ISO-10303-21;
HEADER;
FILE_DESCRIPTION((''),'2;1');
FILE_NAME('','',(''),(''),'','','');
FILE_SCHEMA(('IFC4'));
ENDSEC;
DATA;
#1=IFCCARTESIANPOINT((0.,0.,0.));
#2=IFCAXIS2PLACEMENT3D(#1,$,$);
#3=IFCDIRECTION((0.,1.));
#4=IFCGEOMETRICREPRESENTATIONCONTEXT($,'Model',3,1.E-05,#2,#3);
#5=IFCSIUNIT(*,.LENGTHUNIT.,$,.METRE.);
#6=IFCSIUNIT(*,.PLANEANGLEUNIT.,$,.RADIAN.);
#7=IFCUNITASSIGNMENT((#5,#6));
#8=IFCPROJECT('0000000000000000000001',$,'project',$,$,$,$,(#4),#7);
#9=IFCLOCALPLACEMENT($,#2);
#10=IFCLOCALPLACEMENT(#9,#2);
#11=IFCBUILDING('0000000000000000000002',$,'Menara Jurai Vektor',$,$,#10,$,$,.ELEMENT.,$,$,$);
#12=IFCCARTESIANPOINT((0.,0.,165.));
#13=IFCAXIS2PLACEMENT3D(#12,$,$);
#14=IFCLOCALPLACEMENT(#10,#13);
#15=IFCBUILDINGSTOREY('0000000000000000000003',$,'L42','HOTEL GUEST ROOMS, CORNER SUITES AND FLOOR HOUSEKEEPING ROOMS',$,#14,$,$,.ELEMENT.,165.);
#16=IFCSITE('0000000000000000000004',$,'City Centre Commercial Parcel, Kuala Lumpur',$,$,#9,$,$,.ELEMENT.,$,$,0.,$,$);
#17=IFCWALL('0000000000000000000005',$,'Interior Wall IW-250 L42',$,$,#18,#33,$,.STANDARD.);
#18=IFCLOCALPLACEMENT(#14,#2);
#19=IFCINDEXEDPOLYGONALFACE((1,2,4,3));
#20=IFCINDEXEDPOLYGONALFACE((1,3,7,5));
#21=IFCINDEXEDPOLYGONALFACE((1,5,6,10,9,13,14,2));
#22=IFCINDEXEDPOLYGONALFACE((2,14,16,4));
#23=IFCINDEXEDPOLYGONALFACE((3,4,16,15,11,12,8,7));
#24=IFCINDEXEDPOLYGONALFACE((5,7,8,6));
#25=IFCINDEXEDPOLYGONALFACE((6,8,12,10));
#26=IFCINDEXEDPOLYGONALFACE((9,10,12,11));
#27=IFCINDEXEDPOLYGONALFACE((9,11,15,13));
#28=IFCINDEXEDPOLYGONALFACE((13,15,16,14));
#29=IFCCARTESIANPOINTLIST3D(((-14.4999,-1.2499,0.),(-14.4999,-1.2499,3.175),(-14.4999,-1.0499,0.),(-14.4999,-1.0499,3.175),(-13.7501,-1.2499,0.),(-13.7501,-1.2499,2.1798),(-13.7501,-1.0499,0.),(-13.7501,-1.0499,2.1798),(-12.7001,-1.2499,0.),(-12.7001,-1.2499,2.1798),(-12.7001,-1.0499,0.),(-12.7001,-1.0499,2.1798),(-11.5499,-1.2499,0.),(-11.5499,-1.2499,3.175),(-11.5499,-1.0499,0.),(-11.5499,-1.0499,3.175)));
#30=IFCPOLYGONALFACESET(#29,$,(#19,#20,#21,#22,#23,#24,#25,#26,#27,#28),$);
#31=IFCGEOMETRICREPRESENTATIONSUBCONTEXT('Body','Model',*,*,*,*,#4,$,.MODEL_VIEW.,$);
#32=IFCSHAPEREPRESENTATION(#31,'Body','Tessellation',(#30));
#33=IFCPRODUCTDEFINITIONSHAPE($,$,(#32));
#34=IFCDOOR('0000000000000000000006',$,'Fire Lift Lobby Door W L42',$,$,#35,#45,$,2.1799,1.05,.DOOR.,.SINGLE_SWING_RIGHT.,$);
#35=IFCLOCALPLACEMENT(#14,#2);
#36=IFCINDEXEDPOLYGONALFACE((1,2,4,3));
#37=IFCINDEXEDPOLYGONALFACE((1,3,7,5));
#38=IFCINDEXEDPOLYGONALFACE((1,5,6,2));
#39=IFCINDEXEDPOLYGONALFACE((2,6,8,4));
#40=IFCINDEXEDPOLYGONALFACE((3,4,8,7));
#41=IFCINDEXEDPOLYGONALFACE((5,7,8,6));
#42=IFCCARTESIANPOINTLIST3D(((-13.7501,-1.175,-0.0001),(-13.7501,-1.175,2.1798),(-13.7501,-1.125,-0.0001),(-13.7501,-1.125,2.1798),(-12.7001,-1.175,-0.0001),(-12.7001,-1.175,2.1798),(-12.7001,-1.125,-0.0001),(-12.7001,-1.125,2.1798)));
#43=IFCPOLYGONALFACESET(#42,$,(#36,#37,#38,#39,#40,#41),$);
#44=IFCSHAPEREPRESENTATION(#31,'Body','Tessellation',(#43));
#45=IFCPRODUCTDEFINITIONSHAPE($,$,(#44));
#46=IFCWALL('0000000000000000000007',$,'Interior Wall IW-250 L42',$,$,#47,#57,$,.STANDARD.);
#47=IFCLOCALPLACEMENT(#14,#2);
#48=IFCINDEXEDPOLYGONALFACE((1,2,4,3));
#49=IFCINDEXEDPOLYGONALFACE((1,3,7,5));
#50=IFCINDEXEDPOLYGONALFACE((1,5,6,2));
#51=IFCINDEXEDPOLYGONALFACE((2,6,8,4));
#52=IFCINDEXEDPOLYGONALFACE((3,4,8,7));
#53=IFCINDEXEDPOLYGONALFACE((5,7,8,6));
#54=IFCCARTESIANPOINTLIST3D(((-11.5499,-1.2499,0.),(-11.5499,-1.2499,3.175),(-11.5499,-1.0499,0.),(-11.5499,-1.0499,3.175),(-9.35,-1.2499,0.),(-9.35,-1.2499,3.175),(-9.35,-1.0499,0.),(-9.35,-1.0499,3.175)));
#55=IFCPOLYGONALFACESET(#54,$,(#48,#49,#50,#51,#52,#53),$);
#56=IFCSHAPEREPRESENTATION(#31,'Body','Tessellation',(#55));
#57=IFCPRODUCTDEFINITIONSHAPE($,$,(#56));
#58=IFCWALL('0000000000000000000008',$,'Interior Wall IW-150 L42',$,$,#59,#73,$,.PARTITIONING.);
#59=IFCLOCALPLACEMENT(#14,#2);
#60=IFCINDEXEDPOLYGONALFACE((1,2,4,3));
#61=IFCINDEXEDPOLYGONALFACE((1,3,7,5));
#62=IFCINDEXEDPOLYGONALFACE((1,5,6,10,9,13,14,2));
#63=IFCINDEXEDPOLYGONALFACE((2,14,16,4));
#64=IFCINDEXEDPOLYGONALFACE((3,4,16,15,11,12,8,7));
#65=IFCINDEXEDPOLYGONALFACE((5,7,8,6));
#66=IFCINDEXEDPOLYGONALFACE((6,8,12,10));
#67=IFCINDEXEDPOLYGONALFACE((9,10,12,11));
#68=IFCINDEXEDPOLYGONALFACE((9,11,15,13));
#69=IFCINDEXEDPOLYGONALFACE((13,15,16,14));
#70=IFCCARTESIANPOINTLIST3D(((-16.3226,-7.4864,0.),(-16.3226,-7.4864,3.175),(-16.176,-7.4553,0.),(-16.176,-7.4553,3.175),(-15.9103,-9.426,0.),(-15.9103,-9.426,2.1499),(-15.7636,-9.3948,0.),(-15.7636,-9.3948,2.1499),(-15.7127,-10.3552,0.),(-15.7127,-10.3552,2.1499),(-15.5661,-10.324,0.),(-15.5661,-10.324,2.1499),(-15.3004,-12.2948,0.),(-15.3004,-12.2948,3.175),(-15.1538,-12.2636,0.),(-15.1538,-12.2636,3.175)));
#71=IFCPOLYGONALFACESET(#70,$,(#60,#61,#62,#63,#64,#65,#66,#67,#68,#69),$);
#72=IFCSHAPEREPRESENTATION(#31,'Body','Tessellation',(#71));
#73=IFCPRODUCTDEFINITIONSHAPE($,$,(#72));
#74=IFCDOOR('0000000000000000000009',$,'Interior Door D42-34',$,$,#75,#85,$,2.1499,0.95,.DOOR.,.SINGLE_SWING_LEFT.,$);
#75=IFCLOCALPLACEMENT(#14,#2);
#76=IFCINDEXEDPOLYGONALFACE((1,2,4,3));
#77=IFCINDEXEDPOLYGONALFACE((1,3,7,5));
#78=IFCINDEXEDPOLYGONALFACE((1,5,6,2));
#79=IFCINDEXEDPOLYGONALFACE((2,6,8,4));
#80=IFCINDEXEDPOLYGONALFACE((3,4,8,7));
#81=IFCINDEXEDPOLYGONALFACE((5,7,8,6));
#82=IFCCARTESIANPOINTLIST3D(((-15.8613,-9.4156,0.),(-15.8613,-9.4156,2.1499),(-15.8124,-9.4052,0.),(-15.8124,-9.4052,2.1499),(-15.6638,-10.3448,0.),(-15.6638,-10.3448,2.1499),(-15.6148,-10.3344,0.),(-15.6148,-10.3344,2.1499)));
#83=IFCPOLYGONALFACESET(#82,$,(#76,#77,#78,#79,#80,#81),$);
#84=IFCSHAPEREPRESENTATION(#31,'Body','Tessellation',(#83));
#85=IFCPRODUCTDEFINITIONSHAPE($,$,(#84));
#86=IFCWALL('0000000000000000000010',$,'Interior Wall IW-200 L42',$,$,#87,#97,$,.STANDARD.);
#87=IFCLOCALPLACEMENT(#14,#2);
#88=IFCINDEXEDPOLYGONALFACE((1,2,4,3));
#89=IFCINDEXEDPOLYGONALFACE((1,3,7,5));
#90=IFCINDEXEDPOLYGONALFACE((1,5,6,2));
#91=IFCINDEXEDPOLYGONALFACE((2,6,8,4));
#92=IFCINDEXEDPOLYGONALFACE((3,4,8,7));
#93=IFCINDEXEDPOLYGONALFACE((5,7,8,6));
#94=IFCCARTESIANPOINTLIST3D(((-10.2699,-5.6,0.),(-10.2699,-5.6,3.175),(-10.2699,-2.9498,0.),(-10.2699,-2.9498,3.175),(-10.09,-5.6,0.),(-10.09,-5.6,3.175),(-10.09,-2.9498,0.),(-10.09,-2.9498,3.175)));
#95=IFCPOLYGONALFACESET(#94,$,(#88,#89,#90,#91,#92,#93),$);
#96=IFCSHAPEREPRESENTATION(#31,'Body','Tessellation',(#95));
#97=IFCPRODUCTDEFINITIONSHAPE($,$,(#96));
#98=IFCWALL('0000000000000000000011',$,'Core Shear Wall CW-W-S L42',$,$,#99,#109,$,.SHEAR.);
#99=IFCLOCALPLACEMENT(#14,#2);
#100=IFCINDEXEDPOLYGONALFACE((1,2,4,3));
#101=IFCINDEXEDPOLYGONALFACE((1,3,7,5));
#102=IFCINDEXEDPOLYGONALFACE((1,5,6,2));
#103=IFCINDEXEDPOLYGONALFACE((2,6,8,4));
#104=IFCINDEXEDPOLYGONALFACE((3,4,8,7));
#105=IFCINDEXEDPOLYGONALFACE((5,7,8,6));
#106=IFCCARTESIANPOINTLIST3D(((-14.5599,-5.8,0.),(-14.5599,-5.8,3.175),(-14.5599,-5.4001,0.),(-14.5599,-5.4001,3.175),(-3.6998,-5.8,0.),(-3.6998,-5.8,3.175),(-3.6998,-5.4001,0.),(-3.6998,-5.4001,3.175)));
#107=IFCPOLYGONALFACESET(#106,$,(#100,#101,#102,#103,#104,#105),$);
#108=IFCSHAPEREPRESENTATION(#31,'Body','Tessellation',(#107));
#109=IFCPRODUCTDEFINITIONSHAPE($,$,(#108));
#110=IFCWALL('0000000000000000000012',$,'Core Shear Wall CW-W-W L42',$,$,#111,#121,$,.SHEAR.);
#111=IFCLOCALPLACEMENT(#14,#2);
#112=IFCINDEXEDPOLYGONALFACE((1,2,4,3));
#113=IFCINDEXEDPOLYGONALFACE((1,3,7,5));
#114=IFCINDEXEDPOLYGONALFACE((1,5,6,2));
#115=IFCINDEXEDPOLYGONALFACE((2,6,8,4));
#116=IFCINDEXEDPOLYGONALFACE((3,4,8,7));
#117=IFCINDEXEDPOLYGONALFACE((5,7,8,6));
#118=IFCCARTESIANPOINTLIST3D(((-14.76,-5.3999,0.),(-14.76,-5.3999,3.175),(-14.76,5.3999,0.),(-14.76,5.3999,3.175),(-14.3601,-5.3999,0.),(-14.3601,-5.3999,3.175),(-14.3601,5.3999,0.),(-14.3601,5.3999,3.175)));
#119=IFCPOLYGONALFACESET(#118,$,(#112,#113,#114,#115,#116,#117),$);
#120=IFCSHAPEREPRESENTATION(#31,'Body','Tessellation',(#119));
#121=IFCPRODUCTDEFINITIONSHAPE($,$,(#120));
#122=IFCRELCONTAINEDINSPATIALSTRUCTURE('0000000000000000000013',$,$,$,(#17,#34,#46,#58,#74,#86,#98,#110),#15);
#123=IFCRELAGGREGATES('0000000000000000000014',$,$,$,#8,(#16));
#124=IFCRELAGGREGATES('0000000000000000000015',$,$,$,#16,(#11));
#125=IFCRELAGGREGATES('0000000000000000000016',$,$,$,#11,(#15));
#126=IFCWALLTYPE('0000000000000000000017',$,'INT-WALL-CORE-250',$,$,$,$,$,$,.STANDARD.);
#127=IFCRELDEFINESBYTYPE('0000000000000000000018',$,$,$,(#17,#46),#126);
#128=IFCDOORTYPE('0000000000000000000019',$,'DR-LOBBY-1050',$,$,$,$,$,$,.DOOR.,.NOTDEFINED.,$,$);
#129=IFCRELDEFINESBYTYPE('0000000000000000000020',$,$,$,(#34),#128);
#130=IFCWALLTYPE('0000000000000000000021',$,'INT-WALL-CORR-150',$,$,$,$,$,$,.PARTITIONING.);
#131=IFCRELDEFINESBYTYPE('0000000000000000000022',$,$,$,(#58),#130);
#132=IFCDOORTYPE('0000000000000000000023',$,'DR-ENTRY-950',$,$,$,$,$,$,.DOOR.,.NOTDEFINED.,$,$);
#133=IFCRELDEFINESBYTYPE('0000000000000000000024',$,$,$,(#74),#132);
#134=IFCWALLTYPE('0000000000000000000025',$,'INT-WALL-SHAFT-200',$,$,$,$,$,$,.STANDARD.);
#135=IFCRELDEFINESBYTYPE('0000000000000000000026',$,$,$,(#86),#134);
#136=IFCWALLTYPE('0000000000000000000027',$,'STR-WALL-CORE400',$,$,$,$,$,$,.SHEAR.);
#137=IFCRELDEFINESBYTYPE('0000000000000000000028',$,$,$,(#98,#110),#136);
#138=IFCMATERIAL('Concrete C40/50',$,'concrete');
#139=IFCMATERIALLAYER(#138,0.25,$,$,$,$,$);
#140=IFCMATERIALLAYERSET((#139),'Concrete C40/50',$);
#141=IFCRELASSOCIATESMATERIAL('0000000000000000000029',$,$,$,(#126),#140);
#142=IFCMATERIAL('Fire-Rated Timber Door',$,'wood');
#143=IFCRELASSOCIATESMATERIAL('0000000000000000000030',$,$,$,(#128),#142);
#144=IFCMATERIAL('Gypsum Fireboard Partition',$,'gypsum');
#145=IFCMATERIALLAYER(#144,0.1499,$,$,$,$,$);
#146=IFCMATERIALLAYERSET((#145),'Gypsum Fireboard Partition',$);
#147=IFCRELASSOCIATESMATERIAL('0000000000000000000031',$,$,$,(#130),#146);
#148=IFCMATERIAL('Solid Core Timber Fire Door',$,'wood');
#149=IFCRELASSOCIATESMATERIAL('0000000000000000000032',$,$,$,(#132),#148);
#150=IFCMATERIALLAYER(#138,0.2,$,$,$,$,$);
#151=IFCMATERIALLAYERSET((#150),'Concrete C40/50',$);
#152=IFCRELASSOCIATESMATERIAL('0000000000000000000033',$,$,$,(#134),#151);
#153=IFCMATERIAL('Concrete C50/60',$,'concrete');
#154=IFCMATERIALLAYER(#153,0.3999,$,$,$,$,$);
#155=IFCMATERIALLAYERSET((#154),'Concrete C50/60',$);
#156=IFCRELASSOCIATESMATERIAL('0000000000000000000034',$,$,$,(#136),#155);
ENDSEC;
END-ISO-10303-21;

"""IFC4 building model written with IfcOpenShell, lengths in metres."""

from ifc_helpers import new_model, si_unit, direction, frame, frame_2d, origin, place, context, subcontext, project, spatial, rectangle, extrude, material, layer, layer_set, type_object, element, fill, save


model = new_model("IFC4")

# Units and contexts
model_context = context("Model", 3, precision=1e-05, world=origin(), true_north=direction((0.0, 1.0)))
body_context = subcontext(model_context, "Body", "Model", "MODEL_VIEW")
ifc_project = project(units=[si_unit("LENGTHUNIT", "METRE"), si_unit("PLANEANGLEUNIT", "RADIAN")], contexts=[model_context])

# Site, building, storey
site_placement = place(None, origin())
site = spatial("IfcSite", under=ifc_project, at=site_placement, Name="City Centre Commercial Parcel, Kuala Lumpur", CompositionType="ELEMENT", RefElevation=0.0)
building_placement = place(site_placement, origin())
building = spatial("IfcBuilding", under=site, at=building_placement, Name="Menara Jurai Vektor", CompositionType="ELEMENT")
storey_placement = place(building_placement, frame((0.0, 0.0, 165.0)))
storey = spatial("IfcBuildingStorey", under=building, at=storey_placement, Name="L42", Description="HOTEL GUEST ROOMS, CORNER SUITES AND FLOOR HOUSEKEEPING ROOMS", CompositionType="ELEMENT", Elevation=165.0)

# Shared definitions
ifc_material_1 = material(Name="Concrete C50/60", Category="concrete")

# Shared definitions
ifc_material_2 = material(Name="Concrete C40/50", Category="concrete")
ifc_layer_1 = layer(ifc_material_2, 0.25)
ifc_layer_set_1 = layer_set([ifc_layer_1], Name="Concrete C40/50")
wall_type_1 = type_object("IfcWallType", Name="INT-WALL-CORE-250", PredefinedType="STANDARD", material=ifc_layer_set_1)

# Wall, opening, door
wall_1_placement = place(storey_placement, frame((-14.5, -1.1499, 0.0), z_axis=(0.0, 0.0, 1.0), x_axis=(1.0, 0.0, 0.0)))
wall_1 = element("IfcWall", 1, at=wall_1_placement, inside=storey, type_object=wall_type_1, Name="Interior Wall IW-250 L42", PredefinedType="STANDARD", context=body_context, shape_type="SweptSolid", body=[
    extrude(rectangle(XDim=2.95, YDim=0.2, at=frame_2d((1.4751, 0.0))), origin(), (0.0, 0.0, 1.0), 3.175),
])
opening_1_placement = place(wall_1_placement, frame((0.75, 0.0, 0.0)))
opening_1 = element("IfcOpeningElement", 2, at=opening_1_placement, cuts=wall_1, PredefinedType="OPENING", context=body_context, shape_type="SweptSolid", body=[
    extrude(rectangle(XDim=1.05, YDim=2.1799, at=frame_2d((0.5249, 1.0898))), frame((0.0, 0.1099, 0.0), z_axis=(0.0, -1.0, 0.0), x_axis=(1.0, 0.0, 0.0)), (0.0, 0.0, 1.0), 0.22),
])
ifc_material_3 = material(Name="Fire-Rated Timber Door", Category="wood")
door_type_1 = type_object("IfcDoorType", Name="DR-LOBBY-1050", OperationType="NOTDEFINED", PredefinedType="DOOR", material=ifc_material_3)
door_1_placement = place(opening_1_placement, origin())
door_1 = element("IfcDoor", 3, at=door_1_placement, inside=storey, type_object=door_type_1, Name="Fire Lift Lobby Door W L42", OperationType="SINGLE_SWING_RIGHT", OverallHeight=2.1799, OverallWidth=1.05, PredefinedType="DOOR", context=body_context, shape_type="SweptSolid", body=[
    extrude(rectangle(XDim=1.05, YDim=2.1799, at=frame_2d((0.5249, 1.0898))), frame((0.0, 0.0249, 0.0), z_axis=(0.0, -1.0, 0.0), x_axis=(1.0, 0.0, 0.0)), (0.0, 0.0, 1.0), 0.05),
])
fill(opening_1, door_1)

# Wall
wall_2_placement = place(storey_placement, frame((-11.55, -1.1499, 0.0), z_axis=(0.0, 0.0, 1.0), x_axis=(1.0, 0.0, 0.0)))
element("IfcWall", 4, at=wall_2_placement, inside=storey, type_object=wall_type_1, Name="Interior Wall IW-250 L42", PredefinedType="STANDARD", context=body_context, shape_type="SweptSolid", body=[
    extrude(rectangle(XDim=2.2, YDim=0.2, at=frame_2d((1.1001, 0.0))), origin(), (0.0, 0.0, 1.0), 3.175),
])

# Wall, opening, door
ifc_material_4 = material(Name="Gypsum Fireboard Partition", Category="gypsum")
ifc_layer_2 = layer(ifc_material_4, 0.1499)
ifc_layer_set_2 = layer_set([ifc_layer_2], Name="Gypsum Fireboard Partition")
wall_type_2 = type_object("IfcWallType", Name="INT-WALL-CORR-150", PredefinedType="PARTITIONING", material=ifc_layer_set_2)
wall_3_placement = place(storey_placement, frame((-15.2271, -12.2793, 0.0), z_axis=(0.0, 0.0, 1.0), x_axis=(-0.207945, 0.978141, 0.0)))
wall_3 = element("IfcWall", 5, at=wall_3_placement, inside=storey, type_object=wall_type_2, Name="Interior Wall IW-150 L42", PredefinedType="PARTITIONING", context=body_context, shape_type="SweptSolid", body=[
    extrude(rectangle(XDim=4.9158, YDim=0.1499, at=frame_2d((2.458, 0.0))), origin(), (0.0, 0.0, 1.0), 3.175),
])
opening_2_placement = place(wall_3_placement, frame((1.9829, 0.0, 0.0)))
opening_2 = element("IfcOpeningElement", 6, at=opening_2_placement, cuts=wall_3, PredefinedType="OPENING", context=body_context, shape_type="SweptSolid", body=[
    extrude(rectangle(XDim=0.95, YDim=2.1499, at=frame_2d((0.4751, 1.075))), frame((0.0, 0.085, 0.0), z_axis=(0.0, -1.0, 0.0), x_axis=(1.0, 0.0, 0.0)), (0.0, 0.0, 1.0), 0.1699),
])
ifc_material_5 = material(Name="Solid Core Timber Fire Door", Category="wood")
door_type_2 = type_object("IfcDoorType", Name="DR-ENTRY-950", OperationType="NOTDEFINED", PredefinedType="DOOR", material=ifc_material_5)
door_2_placement = place(opening_2_placement, origin())
door_2 = element("IfcDoor", 7, at=door_2_placement, inside=storey, type_object=door_type_2, Name="Interior Door D42-34", OperationType="SINGLE_SWING_LEFT", OverallHeight=2.1499, OverallWidth=0.95, PredefinedType="DOOR", context=body_context, shape_type="SweptSolid", body=[
    extrude(rectangle(XDim=0.95, YDim=2.1499, at=frame_2d((0.4751, 1.075))), frame((0.0, 0.0249, 0.0), z_axis=(0.0, -1.0, 0.0), x_axis=(1.0, 0.0, 0.0)), (0.0, 0.0, 1.0), 0.05),
])
fill(opening_2, door_2)

# Shared definitions
ifc_layer_3 = layer(ifc_material_2, 0.2)
ifc_layer_set_3 = layer_set([ifc_layer_3], Name="Concrete C40/50")
wall_type_3 = type_object("IfcWallType", Name="INT-WALL-SHAFT-200", PredefinedType="STANDARD", material=ifc_layer_set_3)

# Walls
wall_4_placement = place(storey_placement, frame((-10.1799, -5.6001, 0.0), z_axis=(0.0, 0.0, 1.0), x_axis=(0.0, 1.0, 0.0)))
element("IfcWall", 8, at=wall_4_placement, inside=storey, type_object=wall_type_3, Name="Interior Wall IW-200 L42", PredefinedType="STANDARD", context=body_context, shape_type="SweptSolid", body=[
    extrude(rectangle(XDim=2.6501, YDim=0.1799, at=frame_2d((1.3252, 0.0))), origin(), (0.0, 0.0, 1.0), 3.175),
])
ifc_layer_4 = layer(ifc_material_1, 0.3999)
ifc_layer_set_4 = layer_set([ifc_layer_4], Name="Concrete C50/60")
wall_type_4 = type_object("IfcWallType", Name="STR-WALL-CORE400", PredefinedType="SHEAR", material=ifc_layer_set_4)
wall_5_placement = place(storey_placement, frame((-14.5601, -5.6001, 0.0), z_axis=(0.0, 0.0, 1.0), x_axis=(1.0, 0.0, 0.0)))
element("IfcWall", 9, at=wall_5_placement, inside=storey, type_object=wall_type_4, Name="Core Shear Wall CW-W-S L42", PredefinedType="SHEAR", context=body_context, shape_type="SweptSolid", body=[
    extrude(rectangle(XDim=10.8601, YDim=0.3999, at=frame_2d((5.4302, 0.0))), origin(), (0.0, 0.0, 1.0), 3.175),
])
wall_6_placement = place(storey_placement, frame((-14.5601, -5.3999, 0.0), z_axis=(0.0, 0.0, 1.0), x_axis=(0.0, 1.0, 0.0)))
element("IfcWall", 10, at=wall_6_placement, inside=storey, type_object=wall_type_4, Name="Core Shear Wall CW-W-W L42", PredefinedType="SHEAR", context=body_context, shape_type="SweptSolid", body=[
    extrude(rectangle(XDim=10.7998, YDim=0.3999, at=frame_2d((5.3999, 0.0))), origin(), (0.0, 0.0, 1.0), 3.175),
])

save(model, "model.ifc")
